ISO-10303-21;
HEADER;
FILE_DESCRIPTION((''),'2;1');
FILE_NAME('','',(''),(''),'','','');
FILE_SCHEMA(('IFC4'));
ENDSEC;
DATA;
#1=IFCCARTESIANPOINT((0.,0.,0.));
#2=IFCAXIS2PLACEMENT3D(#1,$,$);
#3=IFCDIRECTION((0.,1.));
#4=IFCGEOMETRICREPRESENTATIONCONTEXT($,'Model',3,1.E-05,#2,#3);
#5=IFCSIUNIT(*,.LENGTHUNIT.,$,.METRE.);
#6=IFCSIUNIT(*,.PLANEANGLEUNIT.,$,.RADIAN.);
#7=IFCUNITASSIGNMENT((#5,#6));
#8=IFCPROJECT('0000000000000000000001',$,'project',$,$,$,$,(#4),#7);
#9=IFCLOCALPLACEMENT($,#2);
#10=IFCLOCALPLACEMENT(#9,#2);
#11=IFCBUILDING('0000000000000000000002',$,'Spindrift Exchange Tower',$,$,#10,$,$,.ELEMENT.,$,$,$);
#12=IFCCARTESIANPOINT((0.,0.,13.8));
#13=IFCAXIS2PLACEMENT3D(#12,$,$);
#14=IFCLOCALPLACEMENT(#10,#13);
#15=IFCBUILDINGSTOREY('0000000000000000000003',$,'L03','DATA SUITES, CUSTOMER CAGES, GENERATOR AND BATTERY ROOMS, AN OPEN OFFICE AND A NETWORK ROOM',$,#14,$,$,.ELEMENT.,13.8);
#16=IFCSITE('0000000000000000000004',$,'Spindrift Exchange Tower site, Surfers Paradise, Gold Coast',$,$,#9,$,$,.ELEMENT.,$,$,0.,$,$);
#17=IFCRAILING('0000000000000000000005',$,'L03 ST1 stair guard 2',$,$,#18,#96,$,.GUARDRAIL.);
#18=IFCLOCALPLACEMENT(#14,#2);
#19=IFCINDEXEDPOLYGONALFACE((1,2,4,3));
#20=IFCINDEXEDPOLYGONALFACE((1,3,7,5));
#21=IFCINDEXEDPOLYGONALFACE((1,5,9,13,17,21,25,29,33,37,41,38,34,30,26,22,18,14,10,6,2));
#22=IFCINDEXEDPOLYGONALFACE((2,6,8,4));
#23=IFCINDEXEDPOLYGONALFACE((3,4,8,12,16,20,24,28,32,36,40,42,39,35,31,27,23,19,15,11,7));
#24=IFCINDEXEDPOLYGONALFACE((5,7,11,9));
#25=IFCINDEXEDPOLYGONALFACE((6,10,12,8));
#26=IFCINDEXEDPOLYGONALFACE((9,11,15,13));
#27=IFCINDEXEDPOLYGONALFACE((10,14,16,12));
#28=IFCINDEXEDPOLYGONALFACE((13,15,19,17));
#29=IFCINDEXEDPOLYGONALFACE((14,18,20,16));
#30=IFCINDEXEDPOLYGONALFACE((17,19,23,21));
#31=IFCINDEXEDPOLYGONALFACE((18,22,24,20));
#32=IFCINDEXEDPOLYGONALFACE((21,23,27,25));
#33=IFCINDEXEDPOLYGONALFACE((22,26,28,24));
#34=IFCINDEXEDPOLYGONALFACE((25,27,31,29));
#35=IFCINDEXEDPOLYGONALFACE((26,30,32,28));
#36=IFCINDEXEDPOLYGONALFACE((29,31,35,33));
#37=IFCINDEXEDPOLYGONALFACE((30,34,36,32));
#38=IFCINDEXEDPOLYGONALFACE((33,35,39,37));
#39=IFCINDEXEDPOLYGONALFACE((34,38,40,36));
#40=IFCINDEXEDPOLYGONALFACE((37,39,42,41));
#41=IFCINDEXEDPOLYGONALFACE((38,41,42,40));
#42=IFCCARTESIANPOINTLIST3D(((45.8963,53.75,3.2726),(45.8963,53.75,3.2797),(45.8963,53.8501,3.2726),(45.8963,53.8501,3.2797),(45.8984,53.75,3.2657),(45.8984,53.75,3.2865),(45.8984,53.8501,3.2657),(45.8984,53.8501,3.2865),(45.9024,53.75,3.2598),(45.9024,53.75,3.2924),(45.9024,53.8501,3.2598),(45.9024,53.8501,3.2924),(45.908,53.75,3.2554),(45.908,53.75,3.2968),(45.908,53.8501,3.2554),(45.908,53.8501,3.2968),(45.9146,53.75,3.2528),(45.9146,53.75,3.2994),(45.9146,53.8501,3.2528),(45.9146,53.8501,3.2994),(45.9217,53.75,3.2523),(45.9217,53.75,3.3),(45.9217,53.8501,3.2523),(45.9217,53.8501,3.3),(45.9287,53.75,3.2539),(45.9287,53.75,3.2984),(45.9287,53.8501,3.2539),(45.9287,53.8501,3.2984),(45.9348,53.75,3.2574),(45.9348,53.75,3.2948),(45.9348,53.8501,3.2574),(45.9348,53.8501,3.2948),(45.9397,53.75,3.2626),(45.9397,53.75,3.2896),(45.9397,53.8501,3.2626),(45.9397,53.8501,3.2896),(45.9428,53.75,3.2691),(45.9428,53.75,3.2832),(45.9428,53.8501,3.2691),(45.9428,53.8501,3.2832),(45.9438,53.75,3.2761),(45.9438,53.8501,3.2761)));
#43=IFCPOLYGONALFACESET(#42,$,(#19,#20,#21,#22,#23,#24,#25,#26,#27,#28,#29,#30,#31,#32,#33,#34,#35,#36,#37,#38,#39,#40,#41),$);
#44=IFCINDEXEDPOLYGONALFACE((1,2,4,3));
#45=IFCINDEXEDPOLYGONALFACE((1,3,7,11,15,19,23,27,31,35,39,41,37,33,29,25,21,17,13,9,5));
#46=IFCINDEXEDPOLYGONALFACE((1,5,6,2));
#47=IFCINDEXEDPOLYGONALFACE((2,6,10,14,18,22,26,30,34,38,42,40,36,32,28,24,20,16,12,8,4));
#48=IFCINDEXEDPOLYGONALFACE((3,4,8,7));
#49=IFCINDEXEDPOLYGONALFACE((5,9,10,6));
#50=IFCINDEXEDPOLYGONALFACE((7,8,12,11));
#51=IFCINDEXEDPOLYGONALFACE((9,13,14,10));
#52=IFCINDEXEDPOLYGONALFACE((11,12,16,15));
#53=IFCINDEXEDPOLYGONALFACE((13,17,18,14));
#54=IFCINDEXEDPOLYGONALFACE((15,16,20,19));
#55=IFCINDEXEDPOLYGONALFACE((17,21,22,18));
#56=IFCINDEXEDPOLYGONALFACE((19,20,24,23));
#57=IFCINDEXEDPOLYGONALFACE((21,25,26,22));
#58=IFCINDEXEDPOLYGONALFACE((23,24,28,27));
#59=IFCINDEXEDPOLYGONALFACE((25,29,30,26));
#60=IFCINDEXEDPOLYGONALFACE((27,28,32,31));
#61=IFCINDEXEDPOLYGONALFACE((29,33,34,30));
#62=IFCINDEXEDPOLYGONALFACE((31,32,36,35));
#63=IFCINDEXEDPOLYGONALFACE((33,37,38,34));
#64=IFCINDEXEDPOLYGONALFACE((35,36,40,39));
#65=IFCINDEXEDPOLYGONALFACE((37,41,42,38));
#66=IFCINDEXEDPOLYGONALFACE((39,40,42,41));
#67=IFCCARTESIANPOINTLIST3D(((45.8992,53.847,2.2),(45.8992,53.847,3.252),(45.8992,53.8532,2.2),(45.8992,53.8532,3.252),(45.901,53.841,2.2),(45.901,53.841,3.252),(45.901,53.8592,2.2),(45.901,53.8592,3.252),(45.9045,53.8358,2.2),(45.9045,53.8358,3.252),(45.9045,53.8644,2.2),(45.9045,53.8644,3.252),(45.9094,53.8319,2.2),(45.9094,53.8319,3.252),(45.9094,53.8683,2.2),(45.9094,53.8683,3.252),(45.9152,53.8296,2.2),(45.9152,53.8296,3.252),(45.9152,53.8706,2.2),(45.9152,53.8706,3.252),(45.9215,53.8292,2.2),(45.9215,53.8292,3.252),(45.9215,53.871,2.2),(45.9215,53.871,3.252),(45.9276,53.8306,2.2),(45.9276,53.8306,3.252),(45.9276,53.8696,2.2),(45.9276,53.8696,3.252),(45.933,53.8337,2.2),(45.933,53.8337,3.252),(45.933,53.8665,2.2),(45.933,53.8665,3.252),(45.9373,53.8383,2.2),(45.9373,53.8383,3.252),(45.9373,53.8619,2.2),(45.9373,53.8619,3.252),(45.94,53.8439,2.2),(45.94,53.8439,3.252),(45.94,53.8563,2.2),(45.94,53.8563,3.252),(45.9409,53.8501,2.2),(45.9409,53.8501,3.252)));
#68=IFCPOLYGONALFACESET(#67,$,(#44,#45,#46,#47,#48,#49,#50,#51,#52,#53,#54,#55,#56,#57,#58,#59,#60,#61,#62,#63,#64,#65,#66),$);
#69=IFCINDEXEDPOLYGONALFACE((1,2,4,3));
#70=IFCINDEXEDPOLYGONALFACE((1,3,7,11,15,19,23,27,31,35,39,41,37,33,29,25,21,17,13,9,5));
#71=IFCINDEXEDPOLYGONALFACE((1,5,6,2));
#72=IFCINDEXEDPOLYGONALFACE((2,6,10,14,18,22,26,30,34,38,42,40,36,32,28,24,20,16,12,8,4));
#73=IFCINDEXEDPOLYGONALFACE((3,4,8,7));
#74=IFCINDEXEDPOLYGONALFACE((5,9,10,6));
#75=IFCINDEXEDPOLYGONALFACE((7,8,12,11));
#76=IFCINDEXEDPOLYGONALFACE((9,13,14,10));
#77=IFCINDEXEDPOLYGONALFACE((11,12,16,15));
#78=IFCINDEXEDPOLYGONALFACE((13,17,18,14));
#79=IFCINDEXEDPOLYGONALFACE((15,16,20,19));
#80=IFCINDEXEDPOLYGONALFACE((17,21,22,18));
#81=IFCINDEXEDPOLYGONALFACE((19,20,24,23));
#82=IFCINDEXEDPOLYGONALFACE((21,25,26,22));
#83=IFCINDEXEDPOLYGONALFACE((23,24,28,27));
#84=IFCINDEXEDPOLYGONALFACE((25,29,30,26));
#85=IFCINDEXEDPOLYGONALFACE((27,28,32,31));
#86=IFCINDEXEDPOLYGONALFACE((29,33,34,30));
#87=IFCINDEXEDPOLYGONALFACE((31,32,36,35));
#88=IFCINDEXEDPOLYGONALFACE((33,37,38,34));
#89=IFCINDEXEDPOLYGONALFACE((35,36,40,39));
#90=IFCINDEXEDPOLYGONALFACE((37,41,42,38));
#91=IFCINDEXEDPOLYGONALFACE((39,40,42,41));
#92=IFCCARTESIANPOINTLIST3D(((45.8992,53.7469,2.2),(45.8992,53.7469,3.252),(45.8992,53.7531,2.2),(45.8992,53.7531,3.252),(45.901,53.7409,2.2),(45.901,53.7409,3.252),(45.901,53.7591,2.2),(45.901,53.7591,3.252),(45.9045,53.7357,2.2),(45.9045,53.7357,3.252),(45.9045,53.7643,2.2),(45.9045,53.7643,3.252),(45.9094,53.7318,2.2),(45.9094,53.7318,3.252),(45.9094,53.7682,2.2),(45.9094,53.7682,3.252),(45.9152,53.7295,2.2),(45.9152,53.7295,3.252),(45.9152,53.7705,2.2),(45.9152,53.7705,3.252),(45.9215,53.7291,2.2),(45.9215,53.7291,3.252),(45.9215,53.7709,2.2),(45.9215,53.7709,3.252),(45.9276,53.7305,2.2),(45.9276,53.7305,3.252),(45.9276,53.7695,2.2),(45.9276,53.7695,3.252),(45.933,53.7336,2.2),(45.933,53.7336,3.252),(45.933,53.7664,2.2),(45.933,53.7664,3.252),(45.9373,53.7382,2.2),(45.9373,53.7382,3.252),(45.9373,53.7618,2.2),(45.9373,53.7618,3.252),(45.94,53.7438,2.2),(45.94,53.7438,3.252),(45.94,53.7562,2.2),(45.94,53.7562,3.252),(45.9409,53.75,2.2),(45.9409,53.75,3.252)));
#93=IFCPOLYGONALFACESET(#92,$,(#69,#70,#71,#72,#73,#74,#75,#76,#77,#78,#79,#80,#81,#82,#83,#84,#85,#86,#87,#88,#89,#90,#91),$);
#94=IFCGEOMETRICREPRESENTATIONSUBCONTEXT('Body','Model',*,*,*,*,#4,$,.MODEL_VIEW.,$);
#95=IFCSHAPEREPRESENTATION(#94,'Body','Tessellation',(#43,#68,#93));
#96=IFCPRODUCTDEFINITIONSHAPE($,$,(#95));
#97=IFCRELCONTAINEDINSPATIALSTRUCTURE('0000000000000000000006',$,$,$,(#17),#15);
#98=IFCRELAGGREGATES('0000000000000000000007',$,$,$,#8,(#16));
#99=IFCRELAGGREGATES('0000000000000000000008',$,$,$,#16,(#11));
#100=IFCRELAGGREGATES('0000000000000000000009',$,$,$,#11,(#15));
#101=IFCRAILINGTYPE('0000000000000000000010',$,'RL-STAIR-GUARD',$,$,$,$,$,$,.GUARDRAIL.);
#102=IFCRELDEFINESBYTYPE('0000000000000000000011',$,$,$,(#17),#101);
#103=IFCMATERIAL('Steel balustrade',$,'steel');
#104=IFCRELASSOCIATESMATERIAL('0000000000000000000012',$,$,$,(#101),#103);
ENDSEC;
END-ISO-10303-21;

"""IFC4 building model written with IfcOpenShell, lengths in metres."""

from ifc_helpers import new_model, si_unit, direction, frame, origin, origin_2d, place, context, subcontext, project, spatial, circle, extrude, material, type_object, element, save


model = new_model("IFC4")

# Units and contexts
model_context = context("Model", 3, precision=1e-05, world=origin(), true_north=direction((0.0, 1.0)))
body_context = subcontext(model_context, "Body", "Model", "MODEL_VIEW")
ifc_project = project(units=[si_unit("LENGTHUNIT", "METRE"), si_unit("PLANEANGLEUNIT", "RADIAN")], contexts=[model_context])

# Site, building, storey
site_placement = place(None, origin())
site = spatial("IfcSite", under=ifc_project, at=site_placement, Name="Spindrift Exchange Tower site, Surfers Paradise, Gold Coast", CompositionType="ELEMENT", RefElevation=0.0)
building_placement = place(site_placement, origin())
building = spatial("IfcBuilding", under=site, at=building_placement, Name="Spindrift Exchange Tower", CompositionType="ELEMENT")
storey_placement = place(building_placement, frame((0.0, 0.0, 13.8)))
storey = spatial("IfcBuildingStorey", under=building, at=storey_placement, Name="L03", Description="DATA SUITES, CUSTOMER CAGES, GENERATOR AND BATTERY ROOMS, AN OPEN OFFICE AND A NETWORK ROOM", CompositionType="ELEMENT", Elevation=13.8)

# Railing
ifc_material_1 = material(Name="Steel balustrade", Category="steel")
railing_type_1 = type_object("IfcRailingType", Name="RL-STAIR-GUARD", PredefinedType="GUARDRAIL", material=ifc_material_1)
railing_1_placement = place(storey_placement, frame((45.9199, 53.8501, 2.2)))
element("IfcRailing", 1, at=railing_1_placement, inside=storey, type_object=railing_type_1, Name="L03 ST1 stair guard 2", PredefinedType="GUARDRAIL", context=body_context, shape_type="SweptSolid", body=[
    extrude(circle(Radius=0.0239, at=origin_2d()), frame((0.0, 0.0, 1.0762), z_axis=(0.0, -1.0, 0.0), x_axis=(1.0, 0.0, 0.0)), (0.0, 0.0, 1.0), 0.1001),
    extrude(circle(Radius=0.021, at=origin_2d()), origin(), (0.0, 0.0, 1.0), 1.052),
    extrude(circle(Radius=0.021, at=origin_2d()), frame((0.0, -0.1001, 0.0)), (0.0, 0.0, 1.0), 1.052),
])

save(model, "model.ifc")
